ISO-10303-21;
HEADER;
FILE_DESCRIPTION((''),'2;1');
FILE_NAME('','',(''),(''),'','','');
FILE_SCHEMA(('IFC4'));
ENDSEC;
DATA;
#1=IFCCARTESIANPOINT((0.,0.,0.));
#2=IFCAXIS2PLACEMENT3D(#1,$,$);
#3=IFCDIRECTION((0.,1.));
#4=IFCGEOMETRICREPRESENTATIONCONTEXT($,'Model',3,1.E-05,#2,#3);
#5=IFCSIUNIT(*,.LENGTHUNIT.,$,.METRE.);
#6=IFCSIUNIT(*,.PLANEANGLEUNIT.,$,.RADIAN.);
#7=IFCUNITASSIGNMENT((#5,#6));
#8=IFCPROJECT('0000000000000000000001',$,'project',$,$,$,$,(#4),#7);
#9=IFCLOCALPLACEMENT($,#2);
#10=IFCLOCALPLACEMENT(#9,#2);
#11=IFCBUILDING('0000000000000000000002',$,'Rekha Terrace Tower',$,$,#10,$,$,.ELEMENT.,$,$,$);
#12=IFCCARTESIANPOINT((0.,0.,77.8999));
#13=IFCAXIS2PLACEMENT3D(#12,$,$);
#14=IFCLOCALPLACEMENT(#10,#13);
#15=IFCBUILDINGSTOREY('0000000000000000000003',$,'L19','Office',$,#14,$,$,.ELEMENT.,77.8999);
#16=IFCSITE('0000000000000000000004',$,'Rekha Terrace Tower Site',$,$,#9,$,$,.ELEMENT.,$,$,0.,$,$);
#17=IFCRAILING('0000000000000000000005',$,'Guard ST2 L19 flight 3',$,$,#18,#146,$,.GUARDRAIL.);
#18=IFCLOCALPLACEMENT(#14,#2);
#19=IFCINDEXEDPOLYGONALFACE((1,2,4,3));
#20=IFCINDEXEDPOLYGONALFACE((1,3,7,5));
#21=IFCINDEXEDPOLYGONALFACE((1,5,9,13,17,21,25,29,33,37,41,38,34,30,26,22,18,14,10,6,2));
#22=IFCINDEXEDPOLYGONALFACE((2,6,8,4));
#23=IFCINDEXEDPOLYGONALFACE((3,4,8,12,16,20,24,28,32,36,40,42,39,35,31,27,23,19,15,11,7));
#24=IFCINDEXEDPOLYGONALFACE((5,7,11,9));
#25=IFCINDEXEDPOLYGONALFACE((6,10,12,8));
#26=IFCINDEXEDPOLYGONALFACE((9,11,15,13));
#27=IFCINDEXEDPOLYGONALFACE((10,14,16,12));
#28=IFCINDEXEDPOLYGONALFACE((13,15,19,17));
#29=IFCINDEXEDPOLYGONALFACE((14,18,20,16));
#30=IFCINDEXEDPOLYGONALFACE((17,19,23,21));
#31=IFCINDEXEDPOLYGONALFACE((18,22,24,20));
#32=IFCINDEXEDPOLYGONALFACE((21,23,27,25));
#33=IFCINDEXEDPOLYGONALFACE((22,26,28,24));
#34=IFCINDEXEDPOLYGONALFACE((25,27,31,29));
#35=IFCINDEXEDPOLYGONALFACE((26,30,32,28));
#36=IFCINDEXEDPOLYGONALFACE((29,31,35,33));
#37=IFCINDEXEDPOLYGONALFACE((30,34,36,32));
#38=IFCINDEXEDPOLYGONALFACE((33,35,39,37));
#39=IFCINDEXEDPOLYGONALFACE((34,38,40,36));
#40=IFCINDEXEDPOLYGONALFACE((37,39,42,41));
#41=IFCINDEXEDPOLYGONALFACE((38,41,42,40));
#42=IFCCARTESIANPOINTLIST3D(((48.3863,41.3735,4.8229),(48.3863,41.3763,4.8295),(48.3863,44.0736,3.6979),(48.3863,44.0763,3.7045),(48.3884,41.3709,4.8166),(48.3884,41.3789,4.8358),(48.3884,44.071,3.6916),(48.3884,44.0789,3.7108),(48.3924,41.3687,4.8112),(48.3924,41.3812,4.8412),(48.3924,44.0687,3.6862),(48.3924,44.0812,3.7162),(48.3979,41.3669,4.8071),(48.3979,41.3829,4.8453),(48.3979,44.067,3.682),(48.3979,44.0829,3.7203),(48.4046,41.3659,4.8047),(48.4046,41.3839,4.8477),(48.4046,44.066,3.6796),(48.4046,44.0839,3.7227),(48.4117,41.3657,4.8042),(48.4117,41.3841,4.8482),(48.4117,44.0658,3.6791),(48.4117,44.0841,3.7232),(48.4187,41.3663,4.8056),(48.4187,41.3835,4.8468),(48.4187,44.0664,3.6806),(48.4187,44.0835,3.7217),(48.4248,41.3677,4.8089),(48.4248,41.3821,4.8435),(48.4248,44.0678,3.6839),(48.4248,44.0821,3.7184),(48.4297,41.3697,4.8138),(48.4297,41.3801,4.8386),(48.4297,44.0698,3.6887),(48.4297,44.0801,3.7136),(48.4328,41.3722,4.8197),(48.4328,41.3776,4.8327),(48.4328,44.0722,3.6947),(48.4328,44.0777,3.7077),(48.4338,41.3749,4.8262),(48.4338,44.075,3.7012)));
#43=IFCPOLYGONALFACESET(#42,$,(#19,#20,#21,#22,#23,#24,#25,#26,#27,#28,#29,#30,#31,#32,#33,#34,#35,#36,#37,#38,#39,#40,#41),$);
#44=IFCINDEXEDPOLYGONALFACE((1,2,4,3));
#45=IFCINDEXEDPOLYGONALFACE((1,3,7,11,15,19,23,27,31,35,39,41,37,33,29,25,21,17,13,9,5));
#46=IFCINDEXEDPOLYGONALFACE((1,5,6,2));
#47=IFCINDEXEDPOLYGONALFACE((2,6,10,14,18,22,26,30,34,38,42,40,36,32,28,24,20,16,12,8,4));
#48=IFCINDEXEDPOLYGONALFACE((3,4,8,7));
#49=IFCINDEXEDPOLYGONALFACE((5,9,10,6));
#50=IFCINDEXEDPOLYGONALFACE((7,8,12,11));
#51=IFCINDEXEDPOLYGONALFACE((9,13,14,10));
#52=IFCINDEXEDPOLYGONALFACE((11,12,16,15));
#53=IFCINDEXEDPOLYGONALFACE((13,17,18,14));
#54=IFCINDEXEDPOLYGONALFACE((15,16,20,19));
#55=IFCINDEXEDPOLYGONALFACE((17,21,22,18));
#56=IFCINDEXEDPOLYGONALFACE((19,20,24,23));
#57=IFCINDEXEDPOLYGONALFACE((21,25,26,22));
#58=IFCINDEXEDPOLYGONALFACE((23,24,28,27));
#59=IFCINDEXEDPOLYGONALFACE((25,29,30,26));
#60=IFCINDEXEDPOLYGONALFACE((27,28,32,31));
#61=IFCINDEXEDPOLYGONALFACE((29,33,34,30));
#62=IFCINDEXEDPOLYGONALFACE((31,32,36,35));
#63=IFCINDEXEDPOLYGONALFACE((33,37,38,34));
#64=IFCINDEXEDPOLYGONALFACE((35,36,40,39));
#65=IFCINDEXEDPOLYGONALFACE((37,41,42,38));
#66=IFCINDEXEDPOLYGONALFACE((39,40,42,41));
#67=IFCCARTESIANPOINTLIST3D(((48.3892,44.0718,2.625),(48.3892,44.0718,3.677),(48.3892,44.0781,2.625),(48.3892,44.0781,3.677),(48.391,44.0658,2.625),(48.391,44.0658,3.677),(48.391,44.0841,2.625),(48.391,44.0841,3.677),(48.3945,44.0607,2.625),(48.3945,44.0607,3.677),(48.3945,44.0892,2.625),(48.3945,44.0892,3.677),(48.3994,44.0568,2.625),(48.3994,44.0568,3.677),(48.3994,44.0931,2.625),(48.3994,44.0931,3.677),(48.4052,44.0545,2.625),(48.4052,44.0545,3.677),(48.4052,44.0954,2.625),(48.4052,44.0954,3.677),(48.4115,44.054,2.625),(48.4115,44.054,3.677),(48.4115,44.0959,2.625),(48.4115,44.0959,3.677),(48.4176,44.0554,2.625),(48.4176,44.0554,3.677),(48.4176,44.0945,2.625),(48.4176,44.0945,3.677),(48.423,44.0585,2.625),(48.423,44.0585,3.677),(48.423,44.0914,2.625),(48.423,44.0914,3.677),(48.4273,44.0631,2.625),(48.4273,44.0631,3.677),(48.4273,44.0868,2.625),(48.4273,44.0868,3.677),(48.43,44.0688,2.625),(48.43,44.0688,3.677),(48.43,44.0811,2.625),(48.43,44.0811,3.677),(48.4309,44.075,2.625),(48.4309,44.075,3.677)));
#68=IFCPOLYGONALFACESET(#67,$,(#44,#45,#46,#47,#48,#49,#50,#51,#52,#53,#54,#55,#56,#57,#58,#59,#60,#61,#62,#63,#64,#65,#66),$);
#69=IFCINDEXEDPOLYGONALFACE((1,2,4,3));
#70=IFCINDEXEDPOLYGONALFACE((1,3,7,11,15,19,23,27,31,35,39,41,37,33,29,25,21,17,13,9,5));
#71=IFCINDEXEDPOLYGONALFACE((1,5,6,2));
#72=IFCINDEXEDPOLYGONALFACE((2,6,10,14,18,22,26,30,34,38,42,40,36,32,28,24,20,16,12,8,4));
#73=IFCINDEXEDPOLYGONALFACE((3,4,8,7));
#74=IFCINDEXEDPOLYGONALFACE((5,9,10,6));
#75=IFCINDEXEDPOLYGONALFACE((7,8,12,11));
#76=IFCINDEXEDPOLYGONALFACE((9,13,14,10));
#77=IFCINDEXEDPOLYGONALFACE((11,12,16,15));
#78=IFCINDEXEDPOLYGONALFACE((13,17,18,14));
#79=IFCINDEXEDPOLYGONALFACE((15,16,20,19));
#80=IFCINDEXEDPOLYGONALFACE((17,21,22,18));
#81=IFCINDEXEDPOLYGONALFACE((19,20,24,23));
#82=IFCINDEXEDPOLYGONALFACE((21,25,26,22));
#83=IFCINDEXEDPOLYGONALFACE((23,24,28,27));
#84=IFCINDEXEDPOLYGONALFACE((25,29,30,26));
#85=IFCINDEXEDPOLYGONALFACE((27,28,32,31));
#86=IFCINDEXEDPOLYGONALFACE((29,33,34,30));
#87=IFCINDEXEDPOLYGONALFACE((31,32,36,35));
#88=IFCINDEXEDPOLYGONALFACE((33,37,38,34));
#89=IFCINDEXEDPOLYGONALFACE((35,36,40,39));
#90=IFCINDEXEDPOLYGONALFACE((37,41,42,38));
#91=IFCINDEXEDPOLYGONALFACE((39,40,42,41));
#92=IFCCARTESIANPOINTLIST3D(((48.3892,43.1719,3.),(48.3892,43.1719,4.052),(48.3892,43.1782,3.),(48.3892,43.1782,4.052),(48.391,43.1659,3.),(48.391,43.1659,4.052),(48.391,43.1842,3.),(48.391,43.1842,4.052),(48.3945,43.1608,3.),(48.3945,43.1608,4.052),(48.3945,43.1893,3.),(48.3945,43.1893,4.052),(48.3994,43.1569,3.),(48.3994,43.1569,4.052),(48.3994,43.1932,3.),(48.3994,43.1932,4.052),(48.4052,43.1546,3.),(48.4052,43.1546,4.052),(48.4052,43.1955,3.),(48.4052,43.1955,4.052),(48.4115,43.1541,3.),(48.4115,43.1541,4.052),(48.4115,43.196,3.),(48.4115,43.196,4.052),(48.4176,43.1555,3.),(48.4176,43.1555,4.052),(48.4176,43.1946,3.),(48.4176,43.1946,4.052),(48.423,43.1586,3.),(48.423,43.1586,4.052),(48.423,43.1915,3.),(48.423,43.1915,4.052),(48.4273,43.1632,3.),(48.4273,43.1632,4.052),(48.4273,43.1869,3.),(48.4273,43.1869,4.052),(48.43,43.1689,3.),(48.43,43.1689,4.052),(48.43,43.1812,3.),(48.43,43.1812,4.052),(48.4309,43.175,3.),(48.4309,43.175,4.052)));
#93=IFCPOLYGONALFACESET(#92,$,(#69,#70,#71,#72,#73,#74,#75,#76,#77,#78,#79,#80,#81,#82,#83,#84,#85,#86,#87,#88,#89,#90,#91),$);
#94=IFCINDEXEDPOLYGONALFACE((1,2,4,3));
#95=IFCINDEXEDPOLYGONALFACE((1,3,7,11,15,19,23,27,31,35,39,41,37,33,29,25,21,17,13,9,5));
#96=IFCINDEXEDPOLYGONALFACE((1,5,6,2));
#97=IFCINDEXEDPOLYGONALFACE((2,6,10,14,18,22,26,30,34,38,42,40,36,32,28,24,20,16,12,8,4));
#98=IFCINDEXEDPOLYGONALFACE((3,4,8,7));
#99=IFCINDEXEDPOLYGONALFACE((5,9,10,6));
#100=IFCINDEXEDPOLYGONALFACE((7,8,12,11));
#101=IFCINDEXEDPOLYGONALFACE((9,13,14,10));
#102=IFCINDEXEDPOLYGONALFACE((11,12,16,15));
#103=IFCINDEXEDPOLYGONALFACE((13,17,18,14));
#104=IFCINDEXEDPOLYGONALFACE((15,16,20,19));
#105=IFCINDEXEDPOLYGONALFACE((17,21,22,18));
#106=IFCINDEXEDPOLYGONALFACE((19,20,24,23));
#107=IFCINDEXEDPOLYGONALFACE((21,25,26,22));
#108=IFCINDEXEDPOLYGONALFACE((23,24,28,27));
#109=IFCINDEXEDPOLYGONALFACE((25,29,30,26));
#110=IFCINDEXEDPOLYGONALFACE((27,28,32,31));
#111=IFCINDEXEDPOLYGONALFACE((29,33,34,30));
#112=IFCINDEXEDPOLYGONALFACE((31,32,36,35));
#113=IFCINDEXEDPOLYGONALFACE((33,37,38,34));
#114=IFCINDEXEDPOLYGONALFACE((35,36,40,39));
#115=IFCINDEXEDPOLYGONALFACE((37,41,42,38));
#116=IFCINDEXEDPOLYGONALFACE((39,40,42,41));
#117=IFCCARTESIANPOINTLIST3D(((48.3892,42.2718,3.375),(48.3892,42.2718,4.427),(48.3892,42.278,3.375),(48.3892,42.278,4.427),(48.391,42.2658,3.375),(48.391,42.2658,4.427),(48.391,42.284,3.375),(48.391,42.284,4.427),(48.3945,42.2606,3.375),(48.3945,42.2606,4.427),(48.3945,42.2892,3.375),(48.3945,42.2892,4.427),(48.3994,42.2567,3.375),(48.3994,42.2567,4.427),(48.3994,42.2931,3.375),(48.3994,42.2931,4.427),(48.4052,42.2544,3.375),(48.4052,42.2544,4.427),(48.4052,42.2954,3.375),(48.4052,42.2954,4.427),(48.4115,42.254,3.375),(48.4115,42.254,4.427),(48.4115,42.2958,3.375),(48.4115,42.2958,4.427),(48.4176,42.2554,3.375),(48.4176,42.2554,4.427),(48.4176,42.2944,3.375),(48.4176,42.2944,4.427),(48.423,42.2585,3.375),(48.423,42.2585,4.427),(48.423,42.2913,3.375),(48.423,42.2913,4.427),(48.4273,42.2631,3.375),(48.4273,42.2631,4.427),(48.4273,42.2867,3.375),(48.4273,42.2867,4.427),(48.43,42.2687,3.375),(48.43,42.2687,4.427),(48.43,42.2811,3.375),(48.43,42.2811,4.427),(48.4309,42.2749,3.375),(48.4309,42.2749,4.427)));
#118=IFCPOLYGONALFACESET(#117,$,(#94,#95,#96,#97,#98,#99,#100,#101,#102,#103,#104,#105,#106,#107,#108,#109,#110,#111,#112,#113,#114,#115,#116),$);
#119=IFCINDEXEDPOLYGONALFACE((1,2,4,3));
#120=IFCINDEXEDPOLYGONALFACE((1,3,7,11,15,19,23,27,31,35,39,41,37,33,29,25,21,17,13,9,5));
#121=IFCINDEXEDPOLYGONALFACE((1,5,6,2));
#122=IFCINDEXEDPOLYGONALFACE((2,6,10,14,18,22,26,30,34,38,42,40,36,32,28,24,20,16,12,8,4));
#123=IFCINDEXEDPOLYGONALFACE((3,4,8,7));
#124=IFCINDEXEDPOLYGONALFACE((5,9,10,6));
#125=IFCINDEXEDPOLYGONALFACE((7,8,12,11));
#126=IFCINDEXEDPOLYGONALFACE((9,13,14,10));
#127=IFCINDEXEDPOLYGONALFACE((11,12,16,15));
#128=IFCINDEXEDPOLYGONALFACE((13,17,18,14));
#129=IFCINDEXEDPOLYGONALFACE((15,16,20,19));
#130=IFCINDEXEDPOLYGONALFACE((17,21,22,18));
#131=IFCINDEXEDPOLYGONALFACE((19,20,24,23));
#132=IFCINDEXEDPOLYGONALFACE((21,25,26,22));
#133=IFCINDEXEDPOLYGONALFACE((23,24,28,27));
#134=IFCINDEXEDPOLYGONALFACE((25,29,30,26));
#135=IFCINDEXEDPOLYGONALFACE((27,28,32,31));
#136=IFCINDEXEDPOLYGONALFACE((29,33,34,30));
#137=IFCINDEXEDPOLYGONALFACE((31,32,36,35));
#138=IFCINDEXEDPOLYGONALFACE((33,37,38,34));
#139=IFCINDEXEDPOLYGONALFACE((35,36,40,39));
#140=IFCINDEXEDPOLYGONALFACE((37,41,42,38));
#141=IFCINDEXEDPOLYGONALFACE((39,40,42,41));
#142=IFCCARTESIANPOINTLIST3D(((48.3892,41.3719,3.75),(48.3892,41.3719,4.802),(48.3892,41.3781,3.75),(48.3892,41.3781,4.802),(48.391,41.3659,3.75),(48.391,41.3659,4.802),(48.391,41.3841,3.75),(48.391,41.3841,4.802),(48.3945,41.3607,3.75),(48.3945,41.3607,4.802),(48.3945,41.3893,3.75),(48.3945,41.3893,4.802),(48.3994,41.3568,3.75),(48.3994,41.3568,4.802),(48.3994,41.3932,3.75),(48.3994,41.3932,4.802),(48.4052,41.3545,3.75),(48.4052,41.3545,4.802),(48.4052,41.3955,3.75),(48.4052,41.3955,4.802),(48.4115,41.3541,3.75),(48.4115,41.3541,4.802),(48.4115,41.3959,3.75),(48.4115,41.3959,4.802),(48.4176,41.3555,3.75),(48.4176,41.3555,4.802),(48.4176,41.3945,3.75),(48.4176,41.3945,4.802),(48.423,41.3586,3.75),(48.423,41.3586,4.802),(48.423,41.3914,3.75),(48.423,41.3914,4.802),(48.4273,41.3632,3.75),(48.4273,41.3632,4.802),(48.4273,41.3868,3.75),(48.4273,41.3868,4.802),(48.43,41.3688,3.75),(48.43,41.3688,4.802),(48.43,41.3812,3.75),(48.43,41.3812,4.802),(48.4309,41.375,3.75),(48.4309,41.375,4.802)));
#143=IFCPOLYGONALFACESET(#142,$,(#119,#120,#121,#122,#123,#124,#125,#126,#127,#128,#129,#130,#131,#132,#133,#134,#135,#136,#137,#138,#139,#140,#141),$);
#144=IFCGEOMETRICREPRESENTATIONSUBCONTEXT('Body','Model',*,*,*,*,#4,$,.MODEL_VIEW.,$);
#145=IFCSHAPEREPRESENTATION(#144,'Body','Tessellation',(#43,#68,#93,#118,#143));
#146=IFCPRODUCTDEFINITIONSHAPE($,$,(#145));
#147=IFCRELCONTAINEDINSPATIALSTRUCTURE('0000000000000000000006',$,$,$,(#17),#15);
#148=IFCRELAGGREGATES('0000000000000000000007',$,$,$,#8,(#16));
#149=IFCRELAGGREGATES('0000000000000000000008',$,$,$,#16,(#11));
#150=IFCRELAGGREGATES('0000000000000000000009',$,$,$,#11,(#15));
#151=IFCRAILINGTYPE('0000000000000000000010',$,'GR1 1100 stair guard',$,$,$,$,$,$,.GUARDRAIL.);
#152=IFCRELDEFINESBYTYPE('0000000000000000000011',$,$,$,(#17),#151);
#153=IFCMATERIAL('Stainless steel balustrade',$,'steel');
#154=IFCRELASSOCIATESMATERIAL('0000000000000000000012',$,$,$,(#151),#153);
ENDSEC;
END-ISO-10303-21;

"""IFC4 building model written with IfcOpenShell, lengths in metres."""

from ifc_helpers import new_model, si_unit, direction, frame, origin, origin_2d, place, context, subcontext, project, spatial, circle, extrude, material, type_object, element, save


model = new_model("IFC4")

# Units and contexts
model_context = context("Model", 3, precision=1e-05, world=origin(), true_north=direction((0.0, 1.0)))
body_context = subcontext(model_context, "Body", "Model", "MODEL_VIEW")
ifc_project = project(units=[si_unit("LENGTHUNIT", "METRE"), si_unit("PLANEANGLEUNIT", "RADIAN")], contexts=[model_context])

# Site, building, storey
site_placement = place(None, origin())
site = spatial("IfcSite", under=ifc_project, at=site_placement, Name="Rekha Terrace Tower Site", CompositionType="ELEMENT", RefElevation=0.0)
building_placement = place(site_placement, origin())
building = spatial("IfcBuilding", under=site, at=building_placement, Name="Rekha Terrace Tower", CompositionType="ELEMENT")
storey_placement = place(building_placement, frame((0.0, 0.0, 77.8999)))
storey = spatial("IfcBuildingStorey", under=building, at=storey_placement, Name="L19", Description="Office", CompositionType="ELEMENT", Elevation=77.8999)

# Railing
ifc_material_1 = material(Name="Stainless steel balustrade", Category="steel")
railing_type_1 = type_object("IfcRailingType", Name="GR1 1100 stair guard", PredefinedType="GUARDRAIL", material=ifc_material_1)
railing_1_placement = place(storey_placement, frame((48.4099, 44.075, 2.625)))
element("IfcRailing", 1, at=railing_1_placement, inside=storey, type_object=railing_type_1, Name="Guard ST2 L19 flight 3", PredefinedType="GUARDRAIL", context=body_context, shape_type="SweptSolid", body=[
    extrude(circle(Radius=0.0239, at=origin_2d()), frame((0.0, 0.0, 1.0762), z_axis=(0.0, -0.923074, 0.384621), x_axis=(1.0, 0.0, 0.0)), (0.0, 0.0, 1.0), 2.925),
    extrude(circle(Radius=0.021, at=origin_2d()), origin(), (0.0, 0.0, 1.0), 1.052),
    extrude(circle(Radius=0.021, at=origin_2d()), frame((0.0, -0.8999, 0.375)), (0.0, 0.0, 1.0), 1.052),
    extrude(circle(Radius=0.021, at=origin_2d()), frame((0.0, -1.8, 0.75)), (0.0, 0.0, 1.0), 1.052),
    extrude(circle(Radius=0.021, at=origin_2d()), frame((0.0, -2.7, 1.125)), (0.0, 0.0, 1.0), 1.052),
])

save(model, "model.ifc")
